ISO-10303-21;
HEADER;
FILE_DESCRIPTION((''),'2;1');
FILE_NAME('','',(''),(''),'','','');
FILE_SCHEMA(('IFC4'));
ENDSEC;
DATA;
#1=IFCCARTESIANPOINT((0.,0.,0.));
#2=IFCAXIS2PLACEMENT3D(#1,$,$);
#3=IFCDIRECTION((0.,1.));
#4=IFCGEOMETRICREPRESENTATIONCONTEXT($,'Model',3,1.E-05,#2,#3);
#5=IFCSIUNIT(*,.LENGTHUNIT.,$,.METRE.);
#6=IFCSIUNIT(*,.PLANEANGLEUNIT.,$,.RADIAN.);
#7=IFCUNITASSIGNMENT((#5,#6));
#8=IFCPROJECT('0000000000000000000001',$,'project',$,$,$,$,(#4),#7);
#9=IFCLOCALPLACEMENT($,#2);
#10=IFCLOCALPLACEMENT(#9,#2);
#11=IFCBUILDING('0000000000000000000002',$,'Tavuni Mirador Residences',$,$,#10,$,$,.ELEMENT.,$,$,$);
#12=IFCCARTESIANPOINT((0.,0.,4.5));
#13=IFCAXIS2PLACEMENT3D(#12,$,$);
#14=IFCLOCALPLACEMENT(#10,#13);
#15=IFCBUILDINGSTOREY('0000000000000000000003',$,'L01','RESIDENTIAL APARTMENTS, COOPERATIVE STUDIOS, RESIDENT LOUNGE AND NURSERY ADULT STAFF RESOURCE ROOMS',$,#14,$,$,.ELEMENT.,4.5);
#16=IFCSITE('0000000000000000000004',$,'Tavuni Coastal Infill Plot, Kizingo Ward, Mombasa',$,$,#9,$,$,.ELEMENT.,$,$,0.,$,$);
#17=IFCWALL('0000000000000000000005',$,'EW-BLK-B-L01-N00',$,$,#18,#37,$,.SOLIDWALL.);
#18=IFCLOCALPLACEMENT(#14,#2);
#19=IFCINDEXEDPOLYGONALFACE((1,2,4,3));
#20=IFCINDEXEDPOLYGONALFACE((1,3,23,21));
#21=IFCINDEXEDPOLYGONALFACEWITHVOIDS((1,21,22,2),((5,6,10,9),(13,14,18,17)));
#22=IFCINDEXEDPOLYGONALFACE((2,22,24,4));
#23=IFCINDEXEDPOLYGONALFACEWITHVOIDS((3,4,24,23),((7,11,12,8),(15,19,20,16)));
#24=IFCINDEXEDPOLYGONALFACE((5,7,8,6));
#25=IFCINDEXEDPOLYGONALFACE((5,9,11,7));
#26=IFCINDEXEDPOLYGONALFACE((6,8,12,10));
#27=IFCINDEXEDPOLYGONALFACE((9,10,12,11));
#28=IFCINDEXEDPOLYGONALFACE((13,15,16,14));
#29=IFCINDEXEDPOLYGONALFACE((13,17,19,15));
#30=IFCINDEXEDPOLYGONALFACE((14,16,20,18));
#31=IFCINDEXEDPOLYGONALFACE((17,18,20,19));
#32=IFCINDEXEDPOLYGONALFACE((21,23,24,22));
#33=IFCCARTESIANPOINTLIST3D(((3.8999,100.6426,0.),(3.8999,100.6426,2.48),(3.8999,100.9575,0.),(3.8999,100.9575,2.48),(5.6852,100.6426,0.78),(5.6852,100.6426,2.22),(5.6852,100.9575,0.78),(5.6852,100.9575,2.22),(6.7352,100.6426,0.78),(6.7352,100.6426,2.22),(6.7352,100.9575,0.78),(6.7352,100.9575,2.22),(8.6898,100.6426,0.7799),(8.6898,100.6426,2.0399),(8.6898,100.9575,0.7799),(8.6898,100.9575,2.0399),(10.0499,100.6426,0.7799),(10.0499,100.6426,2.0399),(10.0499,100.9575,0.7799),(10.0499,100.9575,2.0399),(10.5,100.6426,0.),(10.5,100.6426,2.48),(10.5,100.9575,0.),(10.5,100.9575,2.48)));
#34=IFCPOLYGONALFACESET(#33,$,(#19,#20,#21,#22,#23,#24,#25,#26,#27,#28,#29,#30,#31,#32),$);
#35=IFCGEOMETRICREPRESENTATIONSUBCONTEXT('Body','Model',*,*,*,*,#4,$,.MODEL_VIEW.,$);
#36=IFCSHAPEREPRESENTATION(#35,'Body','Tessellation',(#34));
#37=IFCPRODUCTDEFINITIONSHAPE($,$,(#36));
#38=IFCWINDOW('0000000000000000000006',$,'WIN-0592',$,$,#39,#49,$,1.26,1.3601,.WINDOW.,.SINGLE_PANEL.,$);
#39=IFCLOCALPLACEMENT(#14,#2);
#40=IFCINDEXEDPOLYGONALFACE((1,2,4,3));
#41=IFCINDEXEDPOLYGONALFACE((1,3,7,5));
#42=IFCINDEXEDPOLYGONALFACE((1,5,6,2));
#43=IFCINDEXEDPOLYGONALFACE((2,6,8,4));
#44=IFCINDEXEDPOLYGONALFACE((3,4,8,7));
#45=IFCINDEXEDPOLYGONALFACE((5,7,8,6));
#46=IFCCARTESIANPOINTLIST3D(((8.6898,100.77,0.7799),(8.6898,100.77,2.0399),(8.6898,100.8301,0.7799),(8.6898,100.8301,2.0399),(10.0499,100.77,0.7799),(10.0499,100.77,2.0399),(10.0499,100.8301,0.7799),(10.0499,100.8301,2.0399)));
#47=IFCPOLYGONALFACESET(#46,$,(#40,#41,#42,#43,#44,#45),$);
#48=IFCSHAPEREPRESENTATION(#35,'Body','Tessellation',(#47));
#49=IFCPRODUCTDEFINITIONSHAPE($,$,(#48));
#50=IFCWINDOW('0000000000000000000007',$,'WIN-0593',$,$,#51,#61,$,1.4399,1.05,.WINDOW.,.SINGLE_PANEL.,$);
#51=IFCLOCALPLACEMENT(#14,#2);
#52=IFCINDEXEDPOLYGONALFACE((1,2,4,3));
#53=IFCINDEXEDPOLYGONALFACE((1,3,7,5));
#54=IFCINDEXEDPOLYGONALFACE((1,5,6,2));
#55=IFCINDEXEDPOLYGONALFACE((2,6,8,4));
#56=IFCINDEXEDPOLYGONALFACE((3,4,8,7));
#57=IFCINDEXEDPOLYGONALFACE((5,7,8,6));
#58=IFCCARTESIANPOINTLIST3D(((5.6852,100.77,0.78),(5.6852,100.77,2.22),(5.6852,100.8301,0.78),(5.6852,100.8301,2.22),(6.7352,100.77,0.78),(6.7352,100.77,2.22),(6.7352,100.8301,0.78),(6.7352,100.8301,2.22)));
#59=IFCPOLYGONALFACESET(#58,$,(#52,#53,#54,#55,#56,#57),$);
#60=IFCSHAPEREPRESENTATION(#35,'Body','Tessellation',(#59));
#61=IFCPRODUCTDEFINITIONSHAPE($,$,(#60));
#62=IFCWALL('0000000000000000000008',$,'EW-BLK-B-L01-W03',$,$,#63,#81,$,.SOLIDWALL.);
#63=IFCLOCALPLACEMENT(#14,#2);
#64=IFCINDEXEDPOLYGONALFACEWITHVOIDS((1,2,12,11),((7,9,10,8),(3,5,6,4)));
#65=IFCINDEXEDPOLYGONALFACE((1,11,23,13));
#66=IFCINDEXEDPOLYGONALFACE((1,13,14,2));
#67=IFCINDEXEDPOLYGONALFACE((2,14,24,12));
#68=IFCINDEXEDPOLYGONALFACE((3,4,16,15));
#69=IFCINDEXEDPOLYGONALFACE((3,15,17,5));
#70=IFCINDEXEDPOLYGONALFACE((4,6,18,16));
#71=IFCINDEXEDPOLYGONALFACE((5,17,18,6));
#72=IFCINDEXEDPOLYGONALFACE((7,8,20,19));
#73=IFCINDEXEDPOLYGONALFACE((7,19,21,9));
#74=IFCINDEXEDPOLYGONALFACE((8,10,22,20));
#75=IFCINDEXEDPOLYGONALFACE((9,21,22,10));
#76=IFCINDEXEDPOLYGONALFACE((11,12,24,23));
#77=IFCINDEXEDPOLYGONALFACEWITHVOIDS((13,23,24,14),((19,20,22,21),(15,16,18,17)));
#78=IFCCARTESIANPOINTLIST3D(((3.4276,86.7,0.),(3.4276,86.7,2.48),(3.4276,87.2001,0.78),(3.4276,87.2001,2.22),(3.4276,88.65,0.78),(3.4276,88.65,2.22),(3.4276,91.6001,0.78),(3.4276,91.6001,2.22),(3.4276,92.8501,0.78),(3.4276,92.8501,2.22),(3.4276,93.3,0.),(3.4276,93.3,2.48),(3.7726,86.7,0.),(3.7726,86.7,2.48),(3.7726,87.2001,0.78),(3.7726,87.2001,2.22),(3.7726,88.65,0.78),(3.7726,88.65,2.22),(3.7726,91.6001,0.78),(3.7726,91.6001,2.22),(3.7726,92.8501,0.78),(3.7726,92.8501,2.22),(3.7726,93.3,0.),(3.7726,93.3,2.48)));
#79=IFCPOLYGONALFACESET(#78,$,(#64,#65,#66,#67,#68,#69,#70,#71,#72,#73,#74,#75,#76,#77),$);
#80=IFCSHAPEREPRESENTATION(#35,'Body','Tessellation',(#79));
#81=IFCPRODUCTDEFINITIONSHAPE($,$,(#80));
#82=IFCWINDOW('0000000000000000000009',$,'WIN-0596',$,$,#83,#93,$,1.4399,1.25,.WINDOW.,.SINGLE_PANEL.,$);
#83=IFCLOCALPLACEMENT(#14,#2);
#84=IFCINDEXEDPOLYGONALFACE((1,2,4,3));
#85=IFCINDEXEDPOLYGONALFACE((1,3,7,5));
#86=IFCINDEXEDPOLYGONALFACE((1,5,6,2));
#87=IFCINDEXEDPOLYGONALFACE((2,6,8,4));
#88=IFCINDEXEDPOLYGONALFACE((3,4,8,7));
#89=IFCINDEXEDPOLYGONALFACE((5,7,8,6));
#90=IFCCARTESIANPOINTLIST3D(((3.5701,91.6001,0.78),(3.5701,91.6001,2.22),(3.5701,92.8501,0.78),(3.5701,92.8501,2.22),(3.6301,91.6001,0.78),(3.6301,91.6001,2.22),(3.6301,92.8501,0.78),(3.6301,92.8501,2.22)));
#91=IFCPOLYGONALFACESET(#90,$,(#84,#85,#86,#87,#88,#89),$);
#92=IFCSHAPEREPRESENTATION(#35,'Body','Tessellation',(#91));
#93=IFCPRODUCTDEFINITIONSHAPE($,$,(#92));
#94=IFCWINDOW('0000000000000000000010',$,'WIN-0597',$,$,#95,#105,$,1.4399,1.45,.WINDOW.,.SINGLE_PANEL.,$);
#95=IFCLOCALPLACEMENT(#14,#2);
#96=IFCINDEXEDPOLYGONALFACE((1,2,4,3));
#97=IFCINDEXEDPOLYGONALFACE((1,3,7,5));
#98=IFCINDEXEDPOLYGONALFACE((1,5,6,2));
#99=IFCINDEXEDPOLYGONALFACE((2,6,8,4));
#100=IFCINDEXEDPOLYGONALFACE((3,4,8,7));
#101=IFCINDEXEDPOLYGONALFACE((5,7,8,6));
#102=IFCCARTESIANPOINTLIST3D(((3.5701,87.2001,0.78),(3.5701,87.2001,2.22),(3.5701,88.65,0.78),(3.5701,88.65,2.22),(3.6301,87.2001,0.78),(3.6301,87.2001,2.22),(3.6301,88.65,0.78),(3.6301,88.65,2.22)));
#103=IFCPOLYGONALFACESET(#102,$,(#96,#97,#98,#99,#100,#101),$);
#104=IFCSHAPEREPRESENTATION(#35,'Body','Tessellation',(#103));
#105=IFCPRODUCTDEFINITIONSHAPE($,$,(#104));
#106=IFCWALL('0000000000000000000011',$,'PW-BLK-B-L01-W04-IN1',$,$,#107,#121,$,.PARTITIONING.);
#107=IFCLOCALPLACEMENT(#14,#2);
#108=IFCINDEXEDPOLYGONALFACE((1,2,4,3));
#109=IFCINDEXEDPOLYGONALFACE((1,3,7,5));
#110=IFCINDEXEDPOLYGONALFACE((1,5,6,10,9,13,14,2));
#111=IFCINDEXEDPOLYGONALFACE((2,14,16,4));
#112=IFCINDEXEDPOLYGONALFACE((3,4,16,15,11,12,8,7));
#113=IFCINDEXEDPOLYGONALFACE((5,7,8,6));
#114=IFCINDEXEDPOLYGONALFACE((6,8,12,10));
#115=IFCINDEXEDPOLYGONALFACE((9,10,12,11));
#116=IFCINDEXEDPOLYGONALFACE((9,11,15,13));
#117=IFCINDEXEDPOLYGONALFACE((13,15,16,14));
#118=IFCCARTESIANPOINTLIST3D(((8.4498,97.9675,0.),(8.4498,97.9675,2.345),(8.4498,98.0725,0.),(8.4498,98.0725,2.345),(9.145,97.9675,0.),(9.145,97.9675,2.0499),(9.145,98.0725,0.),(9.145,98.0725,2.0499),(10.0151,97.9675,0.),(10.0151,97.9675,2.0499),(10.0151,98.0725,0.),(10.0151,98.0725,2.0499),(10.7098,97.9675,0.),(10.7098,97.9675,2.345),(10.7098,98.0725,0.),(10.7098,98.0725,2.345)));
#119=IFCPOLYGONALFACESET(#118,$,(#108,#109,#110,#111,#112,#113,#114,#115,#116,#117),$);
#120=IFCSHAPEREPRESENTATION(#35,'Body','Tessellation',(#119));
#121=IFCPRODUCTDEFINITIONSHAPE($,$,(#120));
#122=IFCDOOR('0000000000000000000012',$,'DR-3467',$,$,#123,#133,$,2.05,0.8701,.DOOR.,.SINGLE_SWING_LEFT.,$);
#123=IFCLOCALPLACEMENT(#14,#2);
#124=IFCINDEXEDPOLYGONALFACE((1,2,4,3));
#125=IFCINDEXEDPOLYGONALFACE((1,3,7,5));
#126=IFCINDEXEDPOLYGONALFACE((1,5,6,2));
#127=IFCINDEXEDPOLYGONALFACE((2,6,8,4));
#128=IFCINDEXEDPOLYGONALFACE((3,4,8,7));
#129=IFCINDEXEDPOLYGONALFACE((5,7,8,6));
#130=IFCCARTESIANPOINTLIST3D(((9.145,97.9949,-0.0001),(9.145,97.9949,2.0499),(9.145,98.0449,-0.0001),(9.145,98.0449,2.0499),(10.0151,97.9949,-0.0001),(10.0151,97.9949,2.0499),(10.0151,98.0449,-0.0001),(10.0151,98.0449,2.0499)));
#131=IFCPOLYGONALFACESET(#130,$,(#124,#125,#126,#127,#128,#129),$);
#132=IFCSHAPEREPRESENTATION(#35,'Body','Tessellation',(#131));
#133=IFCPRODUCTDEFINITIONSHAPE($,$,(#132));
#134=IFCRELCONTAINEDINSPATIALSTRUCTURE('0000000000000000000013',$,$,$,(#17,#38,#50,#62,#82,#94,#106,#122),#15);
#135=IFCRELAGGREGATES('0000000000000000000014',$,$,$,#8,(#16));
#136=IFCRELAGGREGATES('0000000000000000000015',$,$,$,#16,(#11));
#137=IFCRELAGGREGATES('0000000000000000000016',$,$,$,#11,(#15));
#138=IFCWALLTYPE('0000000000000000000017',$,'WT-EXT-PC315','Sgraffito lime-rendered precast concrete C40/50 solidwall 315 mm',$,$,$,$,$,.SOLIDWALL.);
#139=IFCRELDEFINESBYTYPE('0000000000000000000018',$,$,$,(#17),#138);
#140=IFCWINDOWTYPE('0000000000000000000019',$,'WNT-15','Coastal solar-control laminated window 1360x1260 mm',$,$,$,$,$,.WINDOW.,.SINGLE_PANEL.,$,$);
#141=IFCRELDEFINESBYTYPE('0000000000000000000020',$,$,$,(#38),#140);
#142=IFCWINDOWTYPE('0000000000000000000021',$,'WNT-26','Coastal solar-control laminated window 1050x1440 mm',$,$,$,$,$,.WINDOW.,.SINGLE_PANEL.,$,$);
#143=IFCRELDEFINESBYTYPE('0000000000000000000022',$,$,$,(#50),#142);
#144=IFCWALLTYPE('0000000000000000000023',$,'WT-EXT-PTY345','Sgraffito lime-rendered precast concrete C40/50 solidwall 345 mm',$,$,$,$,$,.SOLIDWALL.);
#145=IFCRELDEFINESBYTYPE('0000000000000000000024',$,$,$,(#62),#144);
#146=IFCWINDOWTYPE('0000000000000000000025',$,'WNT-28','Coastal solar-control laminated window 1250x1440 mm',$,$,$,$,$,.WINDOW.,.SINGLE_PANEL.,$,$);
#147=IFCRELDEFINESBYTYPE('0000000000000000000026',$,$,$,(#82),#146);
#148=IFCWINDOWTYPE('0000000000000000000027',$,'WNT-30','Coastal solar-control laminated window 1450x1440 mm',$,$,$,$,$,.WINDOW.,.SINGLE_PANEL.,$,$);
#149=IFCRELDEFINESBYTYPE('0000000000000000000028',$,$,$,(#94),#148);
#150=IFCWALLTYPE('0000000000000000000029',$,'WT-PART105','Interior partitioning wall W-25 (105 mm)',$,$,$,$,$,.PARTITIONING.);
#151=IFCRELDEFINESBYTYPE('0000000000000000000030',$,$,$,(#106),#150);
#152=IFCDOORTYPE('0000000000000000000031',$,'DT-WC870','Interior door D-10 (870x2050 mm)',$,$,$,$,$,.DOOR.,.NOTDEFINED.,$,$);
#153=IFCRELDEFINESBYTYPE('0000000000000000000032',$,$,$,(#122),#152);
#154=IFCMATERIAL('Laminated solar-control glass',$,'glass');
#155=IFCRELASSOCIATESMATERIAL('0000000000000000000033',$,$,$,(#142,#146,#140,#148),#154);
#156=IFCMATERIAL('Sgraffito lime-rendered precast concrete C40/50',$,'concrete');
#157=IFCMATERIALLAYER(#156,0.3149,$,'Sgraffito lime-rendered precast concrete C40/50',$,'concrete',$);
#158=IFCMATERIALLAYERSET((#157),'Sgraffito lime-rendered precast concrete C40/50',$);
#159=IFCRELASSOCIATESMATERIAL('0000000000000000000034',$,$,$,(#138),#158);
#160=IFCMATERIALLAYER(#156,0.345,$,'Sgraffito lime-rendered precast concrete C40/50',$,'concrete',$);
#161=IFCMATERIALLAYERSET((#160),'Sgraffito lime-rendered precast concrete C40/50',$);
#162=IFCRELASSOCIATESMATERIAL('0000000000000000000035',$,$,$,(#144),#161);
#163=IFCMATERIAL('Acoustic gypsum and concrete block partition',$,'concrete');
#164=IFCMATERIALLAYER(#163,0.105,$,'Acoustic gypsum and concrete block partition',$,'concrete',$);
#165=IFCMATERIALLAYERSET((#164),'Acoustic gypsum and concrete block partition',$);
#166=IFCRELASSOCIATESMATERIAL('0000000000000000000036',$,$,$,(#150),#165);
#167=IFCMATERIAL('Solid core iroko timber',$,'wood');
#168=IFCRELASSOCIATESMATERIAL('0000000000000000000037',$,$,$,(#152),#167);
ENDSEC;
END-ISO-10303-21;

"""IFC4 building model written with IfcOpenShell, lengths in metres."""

from ifc_helpers import new_model, si_unit, direction, frame, frame_2d, origin, place, context, subcontext, project, spatial, rectangle, extrude, material, layer, layer_set, type_object, element, fill, save


model = new_model("IFC4")

# Units and contexts
model_context = context("Model", 3, precision=1e-05, world=origin(), true_north=direction((0.0, 1.0)))
body_context = subcontext(model_context, "Body", "Model", "MODEL_VIEW")
ifc_project = project(units=[si_unit("LENGTHUNIT", "METRE"), si_unit("PLANEANGLEUNIT", "RADIAN")], contexts=[model_context])

# Site, building, storey
site_placement = place(None, origin())
site = spatial("IfcSite", under=ifc_project, at=site_placement, Name="Tavuni Coastal Infill Plot, Kizingo Ward, Mombasa", CompositionType="ELEMENT", RefElevation=0.0)
building_placement = place(site_placement, origin())
building = spatial("IfcBuilding", under=site, at=building_placement, Name="Tavuni Mirador Residences", CompositionType="ELEMENT")
storey_placement = place(building_placement, frame((0.0, 0.0, 4.5)))
storey = spatial("IfcBuildingStorey", under=building, at=storey_placement, Name="L01", Description="RESIDENTIAL APARTMENTS, COOPERATIVE STUDIOS, RESIDENT LOUNGE AND NURSERY ADULT STAFF RESOURCE ROOMS", CompositionType="ELEMENT", Elevation=4.5)

# Shared definitions
ifc_material_1 = material(Name="Solid core iroko timber", Category="wood")

# Walls, openings, windows
ifc_material_2 = material(Name="Sgraffito lime-rendered precast concrete C40/50", Category="concrete")
ifc_material_3 = material(Name="Laminated solar-control glass", Category="glass")
window_type_1 = type_object("IfcWindowType", Name="WNT-26", Description="Coastal solar-control laminated window 1050x1440 mm", PartitioningType="SINGLE_PANEL", PredefinedType="WINDOW", material=ifc_material_3)
window_type_2 = type_object("IfcWindowType", Name="WNT-28", Description="Coastal solar-control laminated window 1250x1440 mm", PartitioningType="SINGLE_PANEL", PredefinedType="WINDOW", material=ifc_material_3)
ifc_layer_1 = layer(ifc_material_2, 0.3149, Name="Sgraffito lime-rendered precast concrete C40/50", Category="concrete")
ifc_layer_set_1 = layer_set([ifc_layer_1], Name="Sgraffito lime-rendered precast concrete C40/50")
wall_type_1 = type_object("IfcWallType", Name="WT-EXT-PC315", Description="Sgraffito lime-rendered precast concrete C40/50 solidwall 315 mm", PredefinedType="SOLIDWALL", material=ifc_layer_set_1)
wall_1_placement = place(storey_placement, frame((10.5, 100.8, 0.0), z_axis=(0.0, 0.0, 1.0), x_axis=(-1.0, 0.0, 0.0)))
wall_1 = element("IfcWall", 1, at=wall_1_placement, inside=storey, type_object=wall_type_1, Name="EW-BLK-B-L01-N00", PredefinedType="SOLIDWALL", context=body_context, shape_type="SweptSolid", body=[
    extrude(rectangle(XDim=6.6001, YDim=0.3149, at=frame_2d((3.3, 0.0))), origin(), (0.0, 0.0, 1.0), 2.48),
])
opening_1_placement = place(wall_1_placement, frame((0.45, 0.0, 0.78)))
opening_1 = element("IfcOpeningElement", 2, at=opening_1_placement, cuts=wall_1, PredefinedType="OPENING", context=body_context, shape_type="SweptSolid", body=[
    extrude(rectangle(XDim=1.3601, YDim=1.26, at=frame_2d((0.6802, 0.6299))), frame((0.0, 0.1675, 0.0), z_axis=(0.0, -1.0, 0.0), x_axis=(1.0, 0.0, 0.0)), (0.0, 0.0, 1.0), 0.335),
])
opening_2_placement = place(wall_1_placement, frame((3.7649, 0.0, 0.78)))
opening_2 = element("IfcOpeningElement", 3, at=opening_2_placement, cuts=wall_1, PredefinedType="OPENING", context=body_context, shape_type="SweptSolid", body=[
    extrude(rectangle(XDim=1.05, YDim=1.4399, at=frame_2d((0.5249, 0.72))), frame((0.0, 0.1675, 0.0), z_axis=(0.0, -1.0, 0.0), x_axis=(1.0, 0.0, 0.0)), (0.0, 0.0, 1.0), 0.335),
])
window_type_3 = type_object("IfcWindowType", Name="WNT-15", Description="Coastal solar-control laminated window 1360x1260 mm", PartitioningType="SINGLE_PANEL", PredefinedType="WINDOW", material=ifc_material_3)
window_1_placement = place(opening_1_placement, origin())
window_1 = element("IfcWindow", 4, at=window_1_placement, inside=storey, type_object=window_type_3, Name="WIN-0592", OverallHeight=1.26, OverallWidth=1.3601, PartitioningType="SINGLE_PANEL", PredefinedType="WINDOW", context=body_context, shape_type="SweptSolid", body=[
    extrude(rectangle(XDim=1.3601, YDim=1.26, at=frame_2d((0.6802, 0.6299))), frame((0.0, 0.03, 0.0), z_axis=(0.0, -1.0, 0.0), x_axis=(1.0, 0.0, 0.0)), (0.0, 0.0, 1.0), 0.0601),
])
fill(opening_1, window_1)
window_2_placement = place(opening_2_placement, origin())
window_2 = element("IfcWindow", 5, at=window_2_placement, inside=storey, type_object=window_type_1, Name="WIN-0593", OverallHeight=1.4399, OverallWidth=1.05, PartitioningType="SINGLE_PANEL", PredefinedType="WINDOW", context=body_context, shape_type="SweptSolid", body=[
    extrude(rectangle(XDim=1.05, YDim=1.4399, at=frame_2d((0.5249, 0.72))), frame((0.0, 0.03, 0.0), z_axis=(0.0, -1.0, 0.0), x_axis=(1.0, 0.0, 0.0)), (0.0, 0.0, 1.0), 0.0601),
])
fill(opening_2, window_2)
ifc_layer_2 = layer(ifc_material_2, 0.345, Name="Sgraffito lime-rendered precast concrete C40/50", Category="concrete")
ifc_layer_set_2 = layer_set([ifc_layer_2], Name="Sgraffito lime-rendered precast concrete C40/50")
wall_type_2 = type_object("IfcWallType", Name="WT-EXT-PTY345", Description="Sgraffito lime-rendered precast concrete C40/50 solidwall 345 mm", PredefinedType="SOLIDWALL", material=ifc_layer_set_2)
wall_2_placement = place(storey_placement, frame((3.6001, 93.3, 0.0), z_axis=(0.0, 0.0, 1.0), x_axis=(0.0, -1.0, 0.0)))
wall_2 = element("IfcWall", 6, at=wall_2_placement, inside=storey, type_object=wall_type_2, Name="EW-BLK-B-L01-W03", PredefinedType="SOLIDWALL", context=body_context, shape_type="SweptSolid", body=[
    extrude(rectangle(XDim=6.6001, YDim=0.345, at=frame_2d((3.3, 0.0))), origin(), (0.0, 0.0, 1.0), 2.48),
])
opening_3_placement = place(wall_2_placement, frame((0.45, 0.0, 0.78)))
opening_3 = element("IfcOpeningElement", 7, at=opening_3_placement, cuts=wall_2, PredefinedType="OPENING", context=body_context, shape_type="SweptSolid", body=[
    extrude(rectangle(XDim=1.25, YDim=1.4399, at=frame_2d((0.625, 0.72))), frame((0.0, 0.1826, 0.0), z_axis=(0.0, -1.0, 0.0), x_axis=(1.0, 0.0, 0.0)), (0.0, 0.0, 1.0), 0.365),
])
opening_4_placement = place(wall_2_placement, frame((4.6499, 0.0, 0.78)))
opening_4 = element("IfcOpeningElement", 8, at=opening_4_placement, cuts=wall_2, PredefinedType="OPENING", context=body_context, shape_type="SweptSolid", body=[
    extrude(rectangle(XDim=1.45, YDim=1.4399, at=frame_2d((0.7251, 0.72))), frame((0.0, 0.1826, 0.0), z_axis=(0.0, -1.0, 0.0), x_axis=(1.0, 0.0, 0.0)), (0.0, 0.0, 1.0), 0.365),
])
window_3_placement = place(opening_3_placement, origin())
window_3 = element("IfcWindow", 9, at=window_3_placement, inside=storey, type_object=window_type_2, Name="WIN-0596", OverallHeight=1.4399, OverallWidth=1.25, PartitioningType="SINGLE_PANEL", PredefinedType="WINDOW", context=body_context, shape_type="SweptSolid", body=[
    extrude(rectangle(XDim=1.25, YDim=1.4399, at=frame_2d((0.625, 0.72))), frame((0.0, 0.03, 0.0), z_axis=(0.0, -1.0, 0.0), x_axis=(1.0, 0.0, 0.0)), (0.0, 0.0, 1.0), 0.0601),
])
fill(opening_3, window_3)
window_type_4 = type_object("IfcWindowType", Name="WNT-30", Description="Coastal solar-control laminated window 1450x1440 mm", PartitioningType="SINGLE_PANEL", PredefinedType="WINDOW", material=ifc_material_3)
window_4_placement = place(opening_4_placement, origin())
window_4 = element("IfcWindow", 10, at=window_4_placement, inside=storey, type_object=window_type_4, Name="WIN-0597", OverallHeight=1.4399, OverallWidth=1.45, PartitioningType="SINGLE_PANEL", PredefinedType="WINDOW", context=body_context, shape_type="SweptSolid", body=[
    extrude(rectangle(XDim=1.45, YDim=1.4399, at=frame_2d((0.7251, 0.72))), frame((0.0, 0.03, 0.0), z_axis=(0.0, -1.0, 0.0), x_axis=(1.0, 0.0, 0.0)), (0.0, 0.0, 1.0), 0.0601),
])
fill(opening_4, window_4)

# Wall, opening, door
ifc_material_4 = material(Name="Acoustic gypsum and concrete block partition", Category="concrete")
ifc_layer_3 = layer(ifc_material_4, 0.105, Name="Acoustic gypsum and concrete block partition", Category="concrete")
ifc_layer_set_3 = layer_set([ifc_layer_3], Name="Acoustic gypsum and concrete block partition")
wall_type_3 = type_object("IfcWallType", Name="WT-PART105", Description="Interior partitioning wall W-25 (105 mm)", PredefinedType="PARTITIONING", material=ifc_layer_set_3)
wall_3_placement = place(storey_placement, frame((8.45, 98.02, 0.0), z_axis=(0.0, 0.0, 1.0), x_axis=(1.0, 0.0, 0.0)))
wall_3 = element("IfcWall", 11, at=wall_3_placement, inside=storey, type_object=wall_type_3, Name="PW-BLK-B-L01-W04-IN1", PredefinedType="PARTITIONING", context=body_context, shape_type="SweptSolid", body=[
    extrude(rectangle(XDim=2.26, YDim=0.105, at=frame_2d((1.1299, 0.0))), origin(), (0.0, 0.0, 1.0), 2.345),
])
opening_5_placement = place(wall_3_placement, frame((0.6951, 0.0, 0.0)))
opening_5 = element("IfcOpeningElement", 12, at=opening_5_placement, cuts=wall_3, PredefinedType="OPENING", context=body_context, shape_type="SweptSolid", body=[
    extrude(rectangle(XDim=0.8701, YDim=2.05, at=frame_2d((0.4351, 1.0249))), frame((0.0, 0.0625, 0.0), z_axis=(0.0, -1.0, 0.0), x_axis=(1.0, 0.0, 0.0)), (0.0, 0.0, 1.0), 0.125),
])
door_type_1 = type_object("IfcDoorType", Name="DT-WC870", Description="Interior door D-10 (870x2050 mm)", OperationType="NOTDEFINED", PredefinedType="DOOR", material=ifc_material_1)
door_1_placement = place(opening_5_placement, origin())
door_1 = element("IfcDoor", 13, at=door_1_placement, inside=storey, type_object=door_type_1, Name="DR-3467", OperationType="SINGLE_SWING_LEFT", OverallHeight=2.05, OverallWidth=0.8701, PredefinedType="DOOR", context=body_context, shape_type="SweptSolid", body=[
    extrude(rectangle(XDim=0.8701, YDim=2.05, at=frame_2d((0.4351, 1.0249))), frame((0.0, 0.0249, 0.0), z_axis=(0.0, -1.0, 0.0), x_axis=(1.0, 0.0, 0.0)), (0.0, 0.0, 1.0), 0.05),
])
fill(opening_5, door_1)

save(model, "model.ifc")
